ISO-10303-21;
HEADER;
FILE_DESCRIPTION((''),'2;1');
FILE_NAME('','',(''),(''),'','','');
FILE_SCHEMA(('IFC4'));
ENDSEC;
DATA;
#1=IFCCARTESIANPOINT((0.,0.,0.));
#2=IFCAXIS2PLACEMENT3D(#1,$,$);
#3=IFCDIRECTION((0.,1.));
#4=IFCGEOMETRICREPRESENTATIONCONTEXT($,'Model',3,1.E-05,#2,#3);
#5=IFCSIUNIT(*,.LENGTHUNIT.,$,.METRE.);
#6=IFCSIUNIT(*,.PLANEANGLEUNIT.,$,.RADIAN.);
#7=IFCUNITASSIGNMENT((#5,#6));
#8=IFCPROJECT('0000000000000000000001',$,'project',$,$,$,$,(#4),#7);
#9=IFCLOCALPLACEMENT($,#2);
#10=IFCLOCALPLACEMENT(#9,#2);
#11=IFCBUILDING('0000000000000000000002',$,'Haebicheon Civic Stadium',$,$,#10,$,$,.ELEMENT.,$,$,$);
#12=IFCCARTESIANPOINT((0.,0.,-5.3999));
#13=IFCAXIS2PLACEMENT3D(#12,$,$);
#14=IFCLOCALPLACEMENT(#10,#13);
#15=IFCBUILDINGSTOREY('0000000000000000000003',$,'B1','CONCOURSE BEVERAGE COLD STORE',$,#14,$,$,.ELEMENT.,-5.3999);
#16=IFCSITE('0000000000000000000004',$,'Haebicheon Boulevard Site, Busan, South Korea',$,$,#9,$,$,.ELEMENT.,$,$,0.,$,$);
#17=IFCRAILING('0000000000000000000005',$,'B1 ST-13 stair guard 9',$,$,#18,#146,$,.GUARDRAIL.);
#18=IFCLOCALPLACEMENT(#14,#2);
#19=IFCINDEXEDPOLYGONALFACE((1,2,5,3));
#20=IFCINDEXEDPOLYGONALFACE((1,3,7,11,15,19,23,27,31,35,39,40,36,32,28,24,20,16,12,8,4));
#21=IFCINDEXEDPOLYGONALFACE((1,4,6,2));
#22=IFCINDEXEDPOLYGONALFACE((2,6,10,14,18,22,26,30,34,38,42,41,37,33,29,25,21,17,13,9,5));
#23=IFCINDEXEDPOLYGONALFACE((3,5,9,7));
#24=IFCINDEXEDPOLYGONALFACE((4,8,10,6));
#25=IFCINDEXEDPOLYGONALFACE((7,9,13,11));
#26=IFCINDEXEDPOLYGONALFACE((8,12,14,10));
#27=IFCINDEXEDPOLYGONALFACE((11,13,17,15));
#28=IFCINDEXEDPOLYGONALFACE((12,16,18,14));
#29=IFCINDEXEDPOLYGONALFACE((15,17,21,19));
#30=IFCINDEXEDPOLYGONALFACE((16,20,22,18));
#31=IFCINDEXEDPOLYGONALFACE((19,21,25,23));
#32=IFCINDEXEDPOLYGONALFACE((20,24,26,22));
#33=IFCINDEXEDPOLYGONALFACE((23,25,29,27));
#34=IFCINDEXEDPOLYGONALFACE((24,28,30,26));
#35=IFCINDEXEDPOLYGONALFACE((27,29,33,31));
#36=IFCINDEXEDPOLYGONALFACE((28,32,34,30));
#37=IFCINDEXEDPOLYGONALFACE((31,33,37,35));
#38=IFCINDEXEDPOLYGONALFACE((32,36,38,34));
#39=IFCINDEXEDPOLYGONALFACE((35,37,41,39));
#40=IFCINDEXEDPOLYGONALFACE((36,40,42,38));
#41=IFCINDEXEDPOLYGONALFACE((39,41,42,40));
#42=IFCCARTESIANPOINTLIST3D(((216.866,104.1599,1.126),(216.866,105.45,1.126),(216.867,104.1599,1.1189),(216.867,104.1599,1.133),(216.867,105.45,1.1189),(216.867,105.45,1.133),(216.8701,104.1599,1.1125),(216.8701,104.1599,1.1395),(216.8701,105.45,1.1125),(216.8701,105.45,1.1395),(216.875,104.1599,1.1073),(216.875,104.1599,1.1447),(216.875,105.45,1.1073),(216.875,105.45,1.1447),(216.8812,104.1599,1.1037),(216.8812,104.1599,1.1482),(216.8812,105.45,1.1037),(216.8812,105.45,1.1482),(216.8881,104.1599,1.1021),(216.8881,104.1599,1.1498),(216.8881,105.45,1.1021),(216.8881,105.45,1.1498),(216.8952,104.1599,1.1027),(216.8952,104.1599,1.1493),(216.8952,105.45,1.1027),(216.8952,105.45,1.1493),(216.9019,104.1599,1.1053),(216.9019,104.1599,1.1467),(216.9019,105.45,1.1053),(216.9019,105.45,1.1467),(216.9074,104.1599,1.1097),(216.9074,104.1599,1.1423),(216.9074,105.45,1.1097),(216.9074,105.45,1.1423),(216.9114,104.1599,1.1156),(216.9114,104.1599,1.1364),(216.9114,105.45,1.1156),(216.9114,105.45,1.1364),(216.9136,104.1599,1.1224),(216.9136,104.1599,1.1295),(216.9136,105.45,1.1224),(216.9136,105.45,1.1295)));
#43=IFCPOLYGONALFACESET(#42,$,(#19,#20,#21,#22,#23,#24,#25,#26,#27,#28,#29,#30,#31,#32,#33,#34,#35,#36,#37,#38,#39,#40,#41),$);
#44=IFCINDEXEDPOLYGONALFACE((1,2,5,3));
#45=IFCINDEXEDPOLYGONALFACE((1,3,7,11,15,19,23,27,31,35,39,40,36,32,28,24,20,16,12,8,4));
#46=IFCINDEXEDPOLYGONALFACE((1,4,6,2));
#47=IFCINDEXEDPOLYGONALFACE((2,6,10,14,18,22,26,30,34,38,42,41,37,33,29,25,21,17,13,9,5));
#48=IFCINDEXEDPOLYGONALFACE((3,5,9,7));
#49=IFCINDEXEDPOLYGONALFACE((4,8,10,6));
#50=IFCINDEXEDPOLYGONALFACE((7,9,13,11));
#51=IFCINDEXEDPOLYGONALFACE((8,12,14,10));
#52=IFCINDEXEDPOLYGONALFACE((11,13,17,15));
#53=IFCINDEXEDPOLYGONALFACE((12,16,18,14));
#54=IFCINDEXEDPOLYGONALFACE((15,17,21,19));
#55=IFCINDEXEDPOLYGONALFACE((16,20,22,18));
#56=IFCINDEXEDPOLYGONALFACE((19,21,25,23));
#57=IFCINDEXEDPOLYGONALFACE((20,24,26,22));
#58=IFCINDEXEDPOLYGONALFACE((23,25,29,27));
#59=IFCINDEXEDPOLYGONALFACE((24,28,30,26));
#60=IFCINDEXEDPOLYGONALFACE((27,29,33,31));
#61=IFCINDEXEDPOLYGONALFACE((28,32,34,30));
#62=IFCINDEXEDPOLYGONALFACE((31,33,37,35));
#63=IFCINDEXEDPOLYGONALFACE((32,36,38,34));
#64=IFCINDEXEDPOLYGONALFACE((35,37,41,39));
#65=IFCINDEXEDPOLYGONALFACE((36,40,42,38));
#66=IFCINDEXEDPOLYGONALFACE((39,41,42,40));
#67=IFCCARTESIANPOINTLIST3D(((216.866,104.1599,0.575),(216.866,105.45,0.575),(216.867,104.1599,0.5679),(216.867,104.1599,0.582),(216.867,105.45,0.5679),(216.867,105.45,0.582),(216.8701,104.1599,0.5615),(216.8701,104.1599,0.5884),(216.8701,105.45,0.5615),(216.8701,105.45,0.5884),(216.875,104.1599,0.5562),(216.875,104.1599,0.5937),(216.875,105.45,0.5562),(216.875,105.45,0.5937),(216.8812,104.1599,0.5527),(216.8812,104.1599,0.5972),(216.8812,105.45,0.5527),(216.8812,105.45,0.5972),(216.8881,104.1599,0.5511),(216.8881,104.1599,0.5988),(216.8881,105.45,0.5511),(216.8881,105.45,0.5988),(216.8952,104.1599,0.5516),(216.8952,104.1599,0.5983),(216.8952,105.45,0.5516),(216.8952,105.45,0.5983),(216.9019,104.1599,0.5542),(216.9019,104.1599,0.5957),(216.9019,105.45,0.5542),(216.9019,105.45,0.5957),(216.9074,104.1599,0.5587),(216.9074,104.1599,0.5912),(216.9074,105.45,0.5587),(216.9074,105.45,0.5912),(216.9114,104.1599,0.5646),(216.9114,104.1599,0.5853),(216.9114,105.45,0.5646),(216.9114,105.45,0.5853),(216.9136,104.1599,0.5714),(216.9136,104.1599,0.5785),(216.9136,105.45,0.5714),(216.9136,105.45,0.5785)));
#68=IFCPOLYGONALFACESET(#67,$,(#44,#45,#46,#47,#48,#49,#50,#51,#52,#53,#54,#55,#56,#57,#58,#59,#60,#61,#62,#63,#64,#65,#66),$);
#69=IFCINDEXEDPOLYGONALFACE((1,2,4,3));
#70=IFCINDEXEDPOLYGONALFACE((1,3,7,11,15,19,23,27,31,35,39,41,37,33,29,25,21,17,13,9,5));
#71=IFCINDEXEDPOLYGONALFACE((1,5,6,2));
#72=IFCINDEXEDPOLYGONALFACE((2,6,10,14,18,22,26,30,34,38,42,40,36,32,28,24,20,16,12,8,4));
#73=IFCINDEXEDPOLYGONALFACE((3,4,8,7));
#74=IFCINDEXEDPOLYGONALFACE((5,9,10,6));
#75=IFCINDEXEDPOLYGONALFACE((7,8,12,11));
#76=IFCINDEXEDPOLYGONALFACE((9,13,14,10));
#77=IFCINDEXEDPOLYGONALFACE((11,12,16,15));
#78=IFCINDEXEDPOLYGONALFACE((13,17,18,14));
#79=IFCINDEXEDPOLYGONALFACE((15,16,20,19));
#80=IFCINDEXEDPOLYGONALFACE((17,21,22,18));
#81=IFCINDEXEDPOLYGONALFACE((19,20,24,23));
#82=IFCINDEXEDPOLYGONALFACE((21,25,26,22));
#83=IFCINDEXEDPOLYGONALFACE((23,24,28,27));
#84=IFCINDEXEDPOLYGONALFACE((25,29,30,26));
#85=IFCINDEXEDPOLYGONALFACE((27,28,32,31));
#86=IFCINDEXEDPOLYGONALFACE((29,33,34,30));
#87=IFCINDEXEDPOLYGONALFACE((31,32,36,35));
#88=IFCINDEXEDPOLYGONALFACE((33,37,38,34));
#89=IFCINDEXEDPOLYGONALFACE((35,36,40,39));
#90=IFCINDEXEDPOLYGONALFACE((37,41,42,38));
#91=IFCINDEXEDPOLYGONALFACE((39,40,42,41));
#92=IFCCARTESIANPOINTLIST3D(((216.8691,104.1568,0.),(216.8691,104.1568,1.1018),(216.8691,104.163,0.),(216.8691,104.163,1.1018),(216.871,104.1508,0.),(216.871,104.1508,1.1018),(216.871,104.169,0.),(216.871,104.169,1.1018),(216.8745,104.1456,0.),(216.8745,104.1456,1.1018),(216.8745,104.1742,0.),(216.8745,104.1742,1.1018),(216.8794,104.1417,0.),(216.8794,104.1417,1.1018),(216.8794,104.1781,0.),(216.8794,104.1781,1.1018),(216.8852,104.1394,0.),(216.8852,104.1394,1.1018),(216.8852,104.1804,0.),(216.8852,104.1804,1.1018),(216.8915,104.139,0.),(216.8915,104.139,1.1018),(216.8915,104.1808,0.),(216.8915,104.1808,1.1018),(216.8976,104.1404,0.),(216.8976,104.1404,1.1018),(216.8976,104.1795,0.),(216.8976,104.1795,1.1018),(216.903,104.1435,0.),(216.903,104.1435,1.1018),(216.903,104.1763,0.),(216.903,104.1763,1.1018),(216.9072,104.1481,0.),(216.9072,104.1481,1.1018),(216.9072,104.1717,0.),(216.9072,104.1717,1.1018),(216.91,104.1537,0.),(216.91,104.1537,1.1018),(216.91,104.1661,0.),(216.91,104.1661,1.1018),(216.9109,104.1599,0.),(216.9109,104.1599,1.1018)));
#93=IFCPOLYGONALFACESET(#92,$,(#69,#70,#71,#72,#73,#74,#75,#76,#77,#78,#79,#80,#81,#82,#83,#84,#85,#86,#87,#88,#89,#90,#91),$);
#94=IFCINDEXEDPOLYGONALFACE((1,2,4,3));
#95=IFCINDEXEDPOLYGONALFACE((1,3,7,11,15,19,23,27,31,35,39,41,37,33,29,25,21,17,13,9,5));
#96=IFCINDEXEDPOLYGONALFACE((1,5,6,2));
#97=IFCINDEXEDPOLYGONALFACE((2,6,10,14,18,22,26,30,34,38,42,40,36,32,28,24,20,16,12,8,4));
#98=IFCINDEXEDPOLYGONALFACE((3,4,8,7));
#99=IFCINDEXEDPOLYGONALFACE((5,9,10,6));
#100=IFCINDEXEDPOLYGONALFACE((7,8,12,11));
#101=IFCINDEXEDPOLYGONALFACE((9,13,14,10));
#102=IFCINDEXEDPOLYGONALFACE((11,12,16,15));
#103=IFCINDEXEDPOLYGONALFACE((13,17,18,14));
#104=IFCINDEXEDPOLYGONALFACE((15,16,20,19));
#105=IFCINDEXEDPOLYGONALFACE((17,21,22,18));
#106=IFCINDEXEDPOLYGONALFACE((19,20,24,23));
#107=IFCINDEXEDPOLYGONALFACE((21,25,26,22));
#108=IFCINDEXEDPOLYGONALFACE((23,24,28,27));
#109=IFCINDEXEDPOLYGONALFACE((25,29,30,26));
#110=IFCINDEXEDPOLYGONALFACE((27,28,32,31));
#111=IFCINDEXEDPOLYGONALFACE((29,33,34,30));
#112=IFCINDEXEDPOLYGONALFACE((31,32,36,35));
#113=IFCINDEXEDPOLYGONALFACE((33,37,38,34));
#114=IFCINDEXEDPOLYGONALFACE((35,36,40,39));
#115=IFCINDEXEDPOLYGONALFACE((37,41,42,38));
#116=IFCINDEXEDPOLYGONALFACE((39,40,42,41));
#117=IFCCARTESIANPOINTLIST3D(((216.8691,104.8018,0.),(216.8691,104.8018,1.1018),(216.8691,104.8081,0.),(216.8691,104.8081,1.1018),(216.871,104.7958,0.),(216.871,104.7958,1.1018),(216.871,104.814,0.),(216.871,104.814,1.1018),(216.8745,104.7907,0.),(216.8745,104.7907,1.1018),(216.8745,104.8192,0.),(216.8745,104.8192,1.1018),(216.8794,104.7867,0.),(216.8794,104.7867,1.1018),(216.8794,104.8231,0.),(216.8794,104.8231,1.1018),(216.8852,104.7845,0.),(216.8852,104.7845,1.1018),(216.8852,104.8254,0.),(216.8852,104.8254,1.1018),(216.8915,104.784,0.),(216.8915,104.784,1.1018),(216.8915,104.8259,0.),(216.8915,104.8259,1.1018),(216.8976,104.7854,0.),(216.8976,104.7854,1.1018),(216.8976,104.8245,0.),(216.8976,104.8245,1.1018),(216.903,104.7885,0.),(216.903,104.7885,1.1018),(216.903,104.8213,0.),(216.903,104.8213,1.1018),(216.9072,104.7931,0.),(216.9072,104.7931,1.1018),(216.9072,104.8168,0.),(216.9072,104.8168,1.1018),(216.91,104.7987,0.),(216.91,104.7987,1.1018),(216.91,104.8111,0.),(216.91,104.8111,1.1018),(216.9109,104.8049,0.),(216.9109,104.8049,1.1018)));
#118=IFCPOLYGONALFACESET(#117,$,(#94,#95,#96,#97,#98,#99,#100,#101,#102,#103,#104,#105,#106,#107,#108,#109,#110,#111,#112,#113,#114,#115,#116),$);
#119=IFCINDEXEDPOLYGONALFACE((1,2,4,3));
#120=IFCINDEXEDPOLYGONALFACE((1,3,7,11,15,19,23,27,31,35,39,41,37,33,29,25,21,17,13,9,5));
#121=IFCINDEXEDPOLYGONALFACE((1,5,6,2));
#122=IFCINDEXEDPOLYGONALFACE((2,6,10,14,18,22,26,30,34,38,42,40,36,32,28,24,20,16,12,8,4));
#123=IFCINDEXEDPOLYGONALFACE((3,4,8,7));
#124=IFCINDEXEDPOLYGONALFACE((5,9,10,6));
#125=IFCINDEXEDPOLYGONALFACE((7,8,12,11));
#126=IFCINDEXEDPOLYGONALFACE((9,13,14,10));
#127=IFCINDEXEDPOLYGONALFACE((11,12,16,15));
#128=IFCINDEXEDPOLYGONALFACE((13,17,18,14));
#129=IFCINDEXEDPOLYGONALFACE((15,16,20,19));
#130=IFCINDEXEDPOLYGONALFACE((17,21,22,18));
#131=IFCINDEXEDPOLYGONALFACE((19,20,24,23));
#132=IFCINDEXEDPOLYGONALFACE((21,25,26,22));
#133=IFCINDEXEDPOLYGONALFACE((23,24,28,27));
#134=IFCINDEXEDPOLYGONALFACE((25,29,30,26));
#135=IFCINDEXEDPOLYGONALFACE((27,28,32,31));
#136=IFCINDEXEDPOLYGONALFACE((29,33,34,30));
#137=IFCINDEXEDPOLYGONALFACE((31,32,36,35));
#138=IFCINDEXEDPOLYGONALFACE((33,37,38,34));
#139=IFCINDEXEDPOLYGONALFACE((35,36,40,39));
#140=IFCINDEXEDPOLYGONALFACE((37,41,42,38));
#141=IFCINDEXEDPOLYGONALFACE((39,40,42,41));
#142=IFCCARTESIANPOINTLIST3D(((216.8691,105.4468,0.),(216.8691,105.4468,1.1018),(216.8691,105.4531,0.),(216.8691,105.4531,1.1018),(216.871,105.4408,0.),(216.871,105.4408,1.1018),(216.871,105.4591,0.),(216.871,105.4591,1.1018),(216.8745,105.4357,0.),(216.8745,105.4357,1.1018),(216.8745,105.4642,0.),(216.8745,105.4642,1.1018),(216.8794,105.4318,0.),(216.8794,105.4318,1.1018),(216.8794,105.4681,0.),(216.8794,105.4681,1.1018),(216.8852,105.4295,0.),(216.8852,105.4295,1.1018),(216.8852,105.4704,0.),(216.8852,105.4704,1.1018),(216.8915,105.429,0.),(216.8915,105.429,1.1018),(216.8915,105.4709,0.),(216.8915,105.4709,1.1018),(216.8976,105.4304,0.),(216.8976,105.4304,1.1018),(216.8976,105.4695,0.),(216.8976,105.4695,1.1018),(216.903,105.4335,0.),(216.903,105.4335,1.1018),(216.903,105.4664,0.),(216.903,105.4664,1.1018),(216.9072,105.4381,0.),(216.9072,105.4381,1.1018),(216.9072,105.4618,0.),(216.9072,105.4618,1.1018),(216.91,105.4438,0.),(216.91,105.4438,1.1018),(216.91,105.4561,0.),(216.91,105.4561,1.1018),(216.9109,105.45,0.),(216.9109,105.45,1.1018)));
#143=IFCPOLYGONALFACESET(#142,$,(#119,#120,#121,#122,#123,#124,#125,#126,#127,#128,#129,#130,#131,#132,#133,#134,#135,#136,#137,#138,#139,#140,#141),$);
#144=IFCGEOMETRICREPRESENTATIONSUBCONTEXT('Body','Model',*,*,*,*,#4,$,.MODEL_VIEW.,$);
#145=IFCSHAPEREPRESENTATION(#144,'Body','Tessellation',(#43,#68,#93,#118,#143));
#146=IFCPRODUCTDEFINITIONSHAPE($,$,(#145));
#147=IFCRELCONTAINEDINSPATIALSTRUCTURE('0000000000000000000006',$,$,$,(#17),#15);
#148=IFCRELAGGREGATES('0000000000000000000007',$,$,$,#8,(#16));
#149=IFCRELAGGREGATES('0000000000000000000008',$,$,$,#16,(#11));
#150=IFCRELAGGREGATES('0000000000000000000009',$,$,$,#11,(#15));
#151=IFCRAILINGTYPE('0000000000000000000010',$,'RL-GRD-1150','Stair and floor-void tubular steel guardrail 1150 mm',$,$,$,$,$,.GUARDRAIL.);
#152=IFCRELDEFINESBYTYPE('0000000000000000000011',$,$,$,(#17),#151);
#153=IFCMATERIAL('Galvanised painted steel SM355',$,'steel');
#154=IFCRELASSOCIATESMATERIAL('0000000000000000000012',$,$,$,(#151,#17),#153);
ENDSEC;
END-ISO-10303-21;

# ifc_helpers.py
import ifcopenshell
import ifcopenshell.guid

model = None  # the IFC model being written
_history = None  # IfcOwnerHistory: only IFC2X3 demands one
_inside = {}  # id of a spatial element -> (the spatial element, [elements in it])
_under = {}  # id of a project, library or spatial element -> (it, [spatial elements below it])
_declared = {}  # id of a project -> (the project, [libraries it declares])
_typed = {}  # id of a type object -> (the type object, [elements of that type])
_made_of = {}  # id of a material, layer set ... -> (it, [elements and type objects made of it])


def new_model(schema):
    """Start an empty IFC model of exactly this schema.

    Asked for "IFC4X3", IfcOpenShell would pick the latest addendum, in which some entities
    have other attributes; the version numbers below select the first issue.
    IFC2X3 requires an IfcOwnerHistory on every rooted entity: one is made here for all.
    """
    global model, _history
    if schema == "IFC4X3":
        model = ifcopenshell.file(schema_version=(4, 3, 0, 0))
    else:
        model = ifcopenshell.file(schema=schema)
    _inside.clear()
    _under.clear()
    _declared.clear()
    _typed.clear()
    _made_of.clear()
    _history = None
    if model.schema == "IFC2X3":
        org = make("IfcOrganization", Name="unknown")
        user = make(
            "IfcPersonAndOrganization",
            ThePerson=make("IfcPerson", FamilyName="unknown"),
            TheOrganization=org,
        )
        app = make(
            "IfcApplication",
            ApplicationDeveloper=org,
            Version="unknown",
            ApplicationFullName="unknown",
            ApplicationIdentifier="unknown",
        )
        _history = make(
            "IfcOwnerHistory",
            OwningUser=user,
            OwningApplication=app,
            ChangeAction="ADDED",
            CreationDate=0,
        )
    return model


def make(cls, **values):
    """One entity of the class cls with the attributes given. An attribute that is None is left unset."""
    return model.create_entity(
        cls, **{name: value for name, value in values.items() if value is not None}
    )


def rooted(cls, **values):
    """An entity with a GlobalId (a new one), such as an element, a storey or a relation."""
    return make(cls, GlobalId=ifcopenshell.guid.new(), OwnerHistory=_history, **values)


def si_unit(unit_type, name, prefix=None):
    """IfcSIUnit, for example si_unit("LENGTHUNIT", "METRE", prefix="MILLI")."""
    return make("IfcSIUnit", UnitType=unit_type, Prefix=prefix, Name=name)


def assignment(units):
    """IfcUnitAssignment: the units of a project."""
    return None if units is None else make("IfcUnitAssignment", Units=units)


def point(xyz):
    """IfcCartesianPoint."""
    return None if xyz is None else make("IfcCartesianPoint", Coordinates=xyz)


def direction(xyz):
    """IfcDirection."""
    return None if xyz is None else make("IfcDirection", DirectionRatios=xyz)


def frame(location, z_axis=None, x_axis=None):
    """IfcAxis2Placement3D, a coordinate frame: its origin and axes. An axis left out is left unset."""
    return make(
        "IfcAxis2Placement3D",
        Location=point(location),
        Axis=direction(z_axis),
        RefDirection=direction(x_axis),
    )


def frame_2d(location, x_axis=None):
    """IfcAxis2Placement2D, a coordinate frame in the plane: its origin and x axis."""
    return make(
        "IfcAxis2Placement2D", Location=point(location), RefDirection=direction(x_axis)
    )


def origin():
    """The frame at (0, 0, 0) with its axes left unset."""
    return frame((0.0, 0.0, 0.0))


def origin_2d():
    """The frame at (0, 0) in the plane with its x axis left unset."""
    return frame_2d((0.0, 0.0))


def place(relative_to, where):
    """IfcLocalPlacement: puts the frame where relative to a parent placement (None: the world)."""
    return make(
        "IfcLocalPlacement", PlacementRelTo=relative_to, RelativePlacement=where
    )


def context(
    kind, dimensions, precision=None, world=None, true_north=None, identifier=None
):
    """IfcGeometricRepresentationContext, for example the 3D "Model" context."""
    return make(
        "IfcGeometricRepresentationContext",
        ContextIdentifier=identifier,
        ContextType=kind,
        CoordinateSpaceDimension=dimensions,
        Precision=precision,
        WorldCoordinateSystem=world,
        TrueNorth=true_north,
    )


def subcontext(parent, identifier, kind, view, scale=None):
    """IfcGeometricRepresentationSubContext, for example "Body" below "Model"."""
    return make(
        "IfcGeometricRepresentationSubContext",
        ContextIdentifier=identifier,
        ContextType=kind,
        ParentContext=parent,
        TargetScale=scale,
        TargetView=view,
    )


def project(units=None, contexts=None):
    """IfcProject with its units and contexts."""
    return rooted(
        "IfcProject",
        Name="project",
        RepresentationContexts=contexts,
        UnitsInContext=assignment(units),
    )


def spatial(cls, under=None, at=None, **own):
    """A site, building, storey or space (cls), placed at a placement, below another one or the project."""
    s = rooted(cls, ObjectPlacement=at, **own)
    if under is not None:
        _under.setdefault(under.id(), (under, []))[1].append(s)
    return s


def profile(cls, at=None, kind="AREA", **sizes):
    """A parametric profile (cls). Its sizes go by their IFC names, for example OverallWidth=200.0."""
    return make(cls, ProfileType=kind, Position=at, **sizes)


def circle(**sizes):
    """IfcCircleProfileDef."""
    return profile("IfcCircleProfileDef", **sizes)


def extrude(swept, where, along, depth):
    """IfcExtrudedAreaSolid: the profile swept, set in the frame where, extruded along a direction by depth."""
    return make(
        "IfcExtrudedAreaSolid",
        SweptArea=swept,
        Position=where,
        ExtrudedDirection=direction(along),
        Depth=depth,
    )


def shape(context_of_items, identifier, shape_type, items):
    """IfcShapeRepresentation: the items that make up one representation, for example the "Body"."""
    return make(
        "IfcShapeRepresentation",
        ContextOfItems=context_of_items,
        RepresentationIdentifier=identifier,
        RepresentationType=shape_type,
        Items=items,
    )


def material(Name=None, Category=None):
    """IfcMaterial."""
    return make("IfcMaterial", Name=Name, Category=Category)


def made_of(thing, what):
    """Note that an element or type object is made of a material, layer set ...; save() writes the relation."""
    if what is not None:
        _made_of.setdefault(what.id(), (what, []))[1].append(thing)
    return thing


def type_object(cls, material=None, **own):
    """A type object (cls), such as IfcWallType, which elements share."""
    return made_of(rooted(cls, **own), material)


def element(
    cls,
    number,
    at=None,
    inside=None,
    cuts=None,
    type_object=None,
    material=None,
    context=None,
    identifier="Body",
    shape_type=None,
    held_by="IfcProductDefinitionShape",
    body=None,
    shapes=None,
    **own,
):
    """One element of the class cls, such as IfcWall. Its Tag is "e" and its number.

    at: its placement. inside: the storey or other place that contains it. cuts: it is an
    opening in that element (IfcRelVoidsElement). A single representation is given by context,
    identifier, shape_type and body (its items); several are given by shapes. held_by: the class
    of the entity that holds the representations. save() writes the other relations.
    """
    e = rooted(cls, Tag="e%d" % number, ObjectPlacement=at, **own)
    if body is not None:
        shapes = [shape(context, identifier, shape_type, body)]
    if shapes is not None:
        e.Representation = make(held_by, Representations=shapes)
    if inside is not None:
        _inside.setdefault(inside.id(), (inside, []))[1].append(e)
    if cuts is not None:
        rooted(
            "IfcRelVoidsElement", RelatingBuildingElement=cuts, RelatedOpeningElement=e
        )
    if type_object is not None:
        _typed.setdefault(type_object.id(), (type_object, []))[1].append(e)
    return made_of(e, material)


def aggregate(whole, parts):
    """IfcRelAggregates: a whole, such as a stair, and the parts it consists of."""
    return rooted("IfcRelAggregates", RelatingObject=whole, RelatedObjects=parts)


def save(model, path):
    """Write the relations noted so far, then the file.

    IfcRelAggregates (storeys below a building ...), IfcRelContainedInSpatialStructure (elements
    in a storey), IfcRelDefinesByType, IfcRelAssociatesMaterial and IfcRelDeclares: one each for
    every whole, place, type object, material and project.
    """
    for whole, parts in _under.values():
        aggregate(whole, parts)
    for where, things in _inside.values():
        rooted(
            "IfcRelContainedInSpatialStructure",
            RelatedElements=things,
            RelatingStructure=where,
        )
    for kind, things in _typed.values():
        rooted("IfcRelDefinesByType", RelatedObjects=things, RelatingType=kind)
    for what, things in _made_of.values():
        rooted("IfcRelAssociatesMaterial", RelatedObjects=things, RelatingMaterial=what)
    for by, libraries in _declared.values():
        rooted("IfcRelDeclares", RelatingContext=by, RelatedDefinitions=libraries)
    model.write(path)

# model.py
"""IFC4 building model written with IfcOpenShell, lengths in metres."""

from ifc_helpers import new_model, si_unit, direction, frame, origin, origin_2d, place, context, subcontext, project, spatial, circle, extrude, material, type_object, element, save


model = new_model("IFC4")

# Units and contexts
model_context = context("Model", 3, precision=1e-05, world=origin(), true_north=direction((0.0, 1.0)))
body_context = subcontext(model_context, "Body", "Model", "MODEL_VIEW")
ifc_project = project(units=[si_unit("LENGTHUNIT", "METRE"), si_unit("PLANEANGLEUNIT", "RADIAN")], contexts=[model_context])

# Site, building, storey
site_placement = place(None, origin())
site = spatial("IfcSite", under=ifc_project, at=site_placement, Name="Haebicheon Boulevard Site, Busan, South Korea", CompositionType="ELEMENT", RefElevation=0.0)
building_placement = place(site_placement, origin())
building = spatial("IfcBuilding", under=site, at=building_placement, Name="Haebicheon Civic Stadium", CompositionType="ELEMENT")
storey_placement = place(building_placement, frame((0.0, 0.0, -5.3999)))
storey = spatial("IfcBuildingStorey", under=building, at=storey_placement, Name="B1", Description="CONCOURSE BEVERAGE COLD STORE", CompositionType="ELEMENT", Elevation=-5.3999)

# Railing
ifc_material_1 = material(Name="Galvanised painted steel SM355", Category="steel")
railing_type_1 = type_object("IfcRailingType", Name="RL-GRD-1150", Description="Stair and floor-void tubular steel guardrail 1150 mm", PredefinedType="GUARDRAIL", material=ifc_material_1)
for number, where, name in (
    (1, (216.8899, 104.1599, 0.0), "B1 ST-13 stair guard 9"),
):
    element("IfcRailing", number, at=place(storey_placement, frame(where)), inside=storey, type_object=railing_type_1, material=ifc_material_1, Name=name, PredefinedType="GUARDRAIL", context=body_context, shape_type="SweptSolid", body=[
        extrude(circle(Radius=0.0239, at=origin_2d()), frame((0.0, 0.0, 1.126), z_axis=(0.0, 1.0, 0.0), x_axis=(-1.0, 0.0, 0.0)), (0.0, 0.0, 1.0), 1.29),
        extrude(circle(Radius=0.0239, at=origin_2d()), frame((0.0, 0.0, 0.575), z_axis=(0.0, 1.0, 0.0), x_axis=(-1.0, 0.0, 0.0)), (0.0, 0.0, 1.0), 1.29),
        extrude(circle(Radius=0.021, at=origin_2d()), origin(), (0.0, 0.0, 1.0), 1.1018),
        extrude(circle(Radius=0.021, at=origin_2d()), frame((0.0, 0.645, 0.0)), (0.0, 0.0, 1.0), 1.1018),
        extrude(circle(Radius=0.021, at=origin_2d()), frame((0.0, 1.29, 0.0)), (0.0, 0.0, 1.0), 1.1018),
    ])

save(model, "model.ifc")
